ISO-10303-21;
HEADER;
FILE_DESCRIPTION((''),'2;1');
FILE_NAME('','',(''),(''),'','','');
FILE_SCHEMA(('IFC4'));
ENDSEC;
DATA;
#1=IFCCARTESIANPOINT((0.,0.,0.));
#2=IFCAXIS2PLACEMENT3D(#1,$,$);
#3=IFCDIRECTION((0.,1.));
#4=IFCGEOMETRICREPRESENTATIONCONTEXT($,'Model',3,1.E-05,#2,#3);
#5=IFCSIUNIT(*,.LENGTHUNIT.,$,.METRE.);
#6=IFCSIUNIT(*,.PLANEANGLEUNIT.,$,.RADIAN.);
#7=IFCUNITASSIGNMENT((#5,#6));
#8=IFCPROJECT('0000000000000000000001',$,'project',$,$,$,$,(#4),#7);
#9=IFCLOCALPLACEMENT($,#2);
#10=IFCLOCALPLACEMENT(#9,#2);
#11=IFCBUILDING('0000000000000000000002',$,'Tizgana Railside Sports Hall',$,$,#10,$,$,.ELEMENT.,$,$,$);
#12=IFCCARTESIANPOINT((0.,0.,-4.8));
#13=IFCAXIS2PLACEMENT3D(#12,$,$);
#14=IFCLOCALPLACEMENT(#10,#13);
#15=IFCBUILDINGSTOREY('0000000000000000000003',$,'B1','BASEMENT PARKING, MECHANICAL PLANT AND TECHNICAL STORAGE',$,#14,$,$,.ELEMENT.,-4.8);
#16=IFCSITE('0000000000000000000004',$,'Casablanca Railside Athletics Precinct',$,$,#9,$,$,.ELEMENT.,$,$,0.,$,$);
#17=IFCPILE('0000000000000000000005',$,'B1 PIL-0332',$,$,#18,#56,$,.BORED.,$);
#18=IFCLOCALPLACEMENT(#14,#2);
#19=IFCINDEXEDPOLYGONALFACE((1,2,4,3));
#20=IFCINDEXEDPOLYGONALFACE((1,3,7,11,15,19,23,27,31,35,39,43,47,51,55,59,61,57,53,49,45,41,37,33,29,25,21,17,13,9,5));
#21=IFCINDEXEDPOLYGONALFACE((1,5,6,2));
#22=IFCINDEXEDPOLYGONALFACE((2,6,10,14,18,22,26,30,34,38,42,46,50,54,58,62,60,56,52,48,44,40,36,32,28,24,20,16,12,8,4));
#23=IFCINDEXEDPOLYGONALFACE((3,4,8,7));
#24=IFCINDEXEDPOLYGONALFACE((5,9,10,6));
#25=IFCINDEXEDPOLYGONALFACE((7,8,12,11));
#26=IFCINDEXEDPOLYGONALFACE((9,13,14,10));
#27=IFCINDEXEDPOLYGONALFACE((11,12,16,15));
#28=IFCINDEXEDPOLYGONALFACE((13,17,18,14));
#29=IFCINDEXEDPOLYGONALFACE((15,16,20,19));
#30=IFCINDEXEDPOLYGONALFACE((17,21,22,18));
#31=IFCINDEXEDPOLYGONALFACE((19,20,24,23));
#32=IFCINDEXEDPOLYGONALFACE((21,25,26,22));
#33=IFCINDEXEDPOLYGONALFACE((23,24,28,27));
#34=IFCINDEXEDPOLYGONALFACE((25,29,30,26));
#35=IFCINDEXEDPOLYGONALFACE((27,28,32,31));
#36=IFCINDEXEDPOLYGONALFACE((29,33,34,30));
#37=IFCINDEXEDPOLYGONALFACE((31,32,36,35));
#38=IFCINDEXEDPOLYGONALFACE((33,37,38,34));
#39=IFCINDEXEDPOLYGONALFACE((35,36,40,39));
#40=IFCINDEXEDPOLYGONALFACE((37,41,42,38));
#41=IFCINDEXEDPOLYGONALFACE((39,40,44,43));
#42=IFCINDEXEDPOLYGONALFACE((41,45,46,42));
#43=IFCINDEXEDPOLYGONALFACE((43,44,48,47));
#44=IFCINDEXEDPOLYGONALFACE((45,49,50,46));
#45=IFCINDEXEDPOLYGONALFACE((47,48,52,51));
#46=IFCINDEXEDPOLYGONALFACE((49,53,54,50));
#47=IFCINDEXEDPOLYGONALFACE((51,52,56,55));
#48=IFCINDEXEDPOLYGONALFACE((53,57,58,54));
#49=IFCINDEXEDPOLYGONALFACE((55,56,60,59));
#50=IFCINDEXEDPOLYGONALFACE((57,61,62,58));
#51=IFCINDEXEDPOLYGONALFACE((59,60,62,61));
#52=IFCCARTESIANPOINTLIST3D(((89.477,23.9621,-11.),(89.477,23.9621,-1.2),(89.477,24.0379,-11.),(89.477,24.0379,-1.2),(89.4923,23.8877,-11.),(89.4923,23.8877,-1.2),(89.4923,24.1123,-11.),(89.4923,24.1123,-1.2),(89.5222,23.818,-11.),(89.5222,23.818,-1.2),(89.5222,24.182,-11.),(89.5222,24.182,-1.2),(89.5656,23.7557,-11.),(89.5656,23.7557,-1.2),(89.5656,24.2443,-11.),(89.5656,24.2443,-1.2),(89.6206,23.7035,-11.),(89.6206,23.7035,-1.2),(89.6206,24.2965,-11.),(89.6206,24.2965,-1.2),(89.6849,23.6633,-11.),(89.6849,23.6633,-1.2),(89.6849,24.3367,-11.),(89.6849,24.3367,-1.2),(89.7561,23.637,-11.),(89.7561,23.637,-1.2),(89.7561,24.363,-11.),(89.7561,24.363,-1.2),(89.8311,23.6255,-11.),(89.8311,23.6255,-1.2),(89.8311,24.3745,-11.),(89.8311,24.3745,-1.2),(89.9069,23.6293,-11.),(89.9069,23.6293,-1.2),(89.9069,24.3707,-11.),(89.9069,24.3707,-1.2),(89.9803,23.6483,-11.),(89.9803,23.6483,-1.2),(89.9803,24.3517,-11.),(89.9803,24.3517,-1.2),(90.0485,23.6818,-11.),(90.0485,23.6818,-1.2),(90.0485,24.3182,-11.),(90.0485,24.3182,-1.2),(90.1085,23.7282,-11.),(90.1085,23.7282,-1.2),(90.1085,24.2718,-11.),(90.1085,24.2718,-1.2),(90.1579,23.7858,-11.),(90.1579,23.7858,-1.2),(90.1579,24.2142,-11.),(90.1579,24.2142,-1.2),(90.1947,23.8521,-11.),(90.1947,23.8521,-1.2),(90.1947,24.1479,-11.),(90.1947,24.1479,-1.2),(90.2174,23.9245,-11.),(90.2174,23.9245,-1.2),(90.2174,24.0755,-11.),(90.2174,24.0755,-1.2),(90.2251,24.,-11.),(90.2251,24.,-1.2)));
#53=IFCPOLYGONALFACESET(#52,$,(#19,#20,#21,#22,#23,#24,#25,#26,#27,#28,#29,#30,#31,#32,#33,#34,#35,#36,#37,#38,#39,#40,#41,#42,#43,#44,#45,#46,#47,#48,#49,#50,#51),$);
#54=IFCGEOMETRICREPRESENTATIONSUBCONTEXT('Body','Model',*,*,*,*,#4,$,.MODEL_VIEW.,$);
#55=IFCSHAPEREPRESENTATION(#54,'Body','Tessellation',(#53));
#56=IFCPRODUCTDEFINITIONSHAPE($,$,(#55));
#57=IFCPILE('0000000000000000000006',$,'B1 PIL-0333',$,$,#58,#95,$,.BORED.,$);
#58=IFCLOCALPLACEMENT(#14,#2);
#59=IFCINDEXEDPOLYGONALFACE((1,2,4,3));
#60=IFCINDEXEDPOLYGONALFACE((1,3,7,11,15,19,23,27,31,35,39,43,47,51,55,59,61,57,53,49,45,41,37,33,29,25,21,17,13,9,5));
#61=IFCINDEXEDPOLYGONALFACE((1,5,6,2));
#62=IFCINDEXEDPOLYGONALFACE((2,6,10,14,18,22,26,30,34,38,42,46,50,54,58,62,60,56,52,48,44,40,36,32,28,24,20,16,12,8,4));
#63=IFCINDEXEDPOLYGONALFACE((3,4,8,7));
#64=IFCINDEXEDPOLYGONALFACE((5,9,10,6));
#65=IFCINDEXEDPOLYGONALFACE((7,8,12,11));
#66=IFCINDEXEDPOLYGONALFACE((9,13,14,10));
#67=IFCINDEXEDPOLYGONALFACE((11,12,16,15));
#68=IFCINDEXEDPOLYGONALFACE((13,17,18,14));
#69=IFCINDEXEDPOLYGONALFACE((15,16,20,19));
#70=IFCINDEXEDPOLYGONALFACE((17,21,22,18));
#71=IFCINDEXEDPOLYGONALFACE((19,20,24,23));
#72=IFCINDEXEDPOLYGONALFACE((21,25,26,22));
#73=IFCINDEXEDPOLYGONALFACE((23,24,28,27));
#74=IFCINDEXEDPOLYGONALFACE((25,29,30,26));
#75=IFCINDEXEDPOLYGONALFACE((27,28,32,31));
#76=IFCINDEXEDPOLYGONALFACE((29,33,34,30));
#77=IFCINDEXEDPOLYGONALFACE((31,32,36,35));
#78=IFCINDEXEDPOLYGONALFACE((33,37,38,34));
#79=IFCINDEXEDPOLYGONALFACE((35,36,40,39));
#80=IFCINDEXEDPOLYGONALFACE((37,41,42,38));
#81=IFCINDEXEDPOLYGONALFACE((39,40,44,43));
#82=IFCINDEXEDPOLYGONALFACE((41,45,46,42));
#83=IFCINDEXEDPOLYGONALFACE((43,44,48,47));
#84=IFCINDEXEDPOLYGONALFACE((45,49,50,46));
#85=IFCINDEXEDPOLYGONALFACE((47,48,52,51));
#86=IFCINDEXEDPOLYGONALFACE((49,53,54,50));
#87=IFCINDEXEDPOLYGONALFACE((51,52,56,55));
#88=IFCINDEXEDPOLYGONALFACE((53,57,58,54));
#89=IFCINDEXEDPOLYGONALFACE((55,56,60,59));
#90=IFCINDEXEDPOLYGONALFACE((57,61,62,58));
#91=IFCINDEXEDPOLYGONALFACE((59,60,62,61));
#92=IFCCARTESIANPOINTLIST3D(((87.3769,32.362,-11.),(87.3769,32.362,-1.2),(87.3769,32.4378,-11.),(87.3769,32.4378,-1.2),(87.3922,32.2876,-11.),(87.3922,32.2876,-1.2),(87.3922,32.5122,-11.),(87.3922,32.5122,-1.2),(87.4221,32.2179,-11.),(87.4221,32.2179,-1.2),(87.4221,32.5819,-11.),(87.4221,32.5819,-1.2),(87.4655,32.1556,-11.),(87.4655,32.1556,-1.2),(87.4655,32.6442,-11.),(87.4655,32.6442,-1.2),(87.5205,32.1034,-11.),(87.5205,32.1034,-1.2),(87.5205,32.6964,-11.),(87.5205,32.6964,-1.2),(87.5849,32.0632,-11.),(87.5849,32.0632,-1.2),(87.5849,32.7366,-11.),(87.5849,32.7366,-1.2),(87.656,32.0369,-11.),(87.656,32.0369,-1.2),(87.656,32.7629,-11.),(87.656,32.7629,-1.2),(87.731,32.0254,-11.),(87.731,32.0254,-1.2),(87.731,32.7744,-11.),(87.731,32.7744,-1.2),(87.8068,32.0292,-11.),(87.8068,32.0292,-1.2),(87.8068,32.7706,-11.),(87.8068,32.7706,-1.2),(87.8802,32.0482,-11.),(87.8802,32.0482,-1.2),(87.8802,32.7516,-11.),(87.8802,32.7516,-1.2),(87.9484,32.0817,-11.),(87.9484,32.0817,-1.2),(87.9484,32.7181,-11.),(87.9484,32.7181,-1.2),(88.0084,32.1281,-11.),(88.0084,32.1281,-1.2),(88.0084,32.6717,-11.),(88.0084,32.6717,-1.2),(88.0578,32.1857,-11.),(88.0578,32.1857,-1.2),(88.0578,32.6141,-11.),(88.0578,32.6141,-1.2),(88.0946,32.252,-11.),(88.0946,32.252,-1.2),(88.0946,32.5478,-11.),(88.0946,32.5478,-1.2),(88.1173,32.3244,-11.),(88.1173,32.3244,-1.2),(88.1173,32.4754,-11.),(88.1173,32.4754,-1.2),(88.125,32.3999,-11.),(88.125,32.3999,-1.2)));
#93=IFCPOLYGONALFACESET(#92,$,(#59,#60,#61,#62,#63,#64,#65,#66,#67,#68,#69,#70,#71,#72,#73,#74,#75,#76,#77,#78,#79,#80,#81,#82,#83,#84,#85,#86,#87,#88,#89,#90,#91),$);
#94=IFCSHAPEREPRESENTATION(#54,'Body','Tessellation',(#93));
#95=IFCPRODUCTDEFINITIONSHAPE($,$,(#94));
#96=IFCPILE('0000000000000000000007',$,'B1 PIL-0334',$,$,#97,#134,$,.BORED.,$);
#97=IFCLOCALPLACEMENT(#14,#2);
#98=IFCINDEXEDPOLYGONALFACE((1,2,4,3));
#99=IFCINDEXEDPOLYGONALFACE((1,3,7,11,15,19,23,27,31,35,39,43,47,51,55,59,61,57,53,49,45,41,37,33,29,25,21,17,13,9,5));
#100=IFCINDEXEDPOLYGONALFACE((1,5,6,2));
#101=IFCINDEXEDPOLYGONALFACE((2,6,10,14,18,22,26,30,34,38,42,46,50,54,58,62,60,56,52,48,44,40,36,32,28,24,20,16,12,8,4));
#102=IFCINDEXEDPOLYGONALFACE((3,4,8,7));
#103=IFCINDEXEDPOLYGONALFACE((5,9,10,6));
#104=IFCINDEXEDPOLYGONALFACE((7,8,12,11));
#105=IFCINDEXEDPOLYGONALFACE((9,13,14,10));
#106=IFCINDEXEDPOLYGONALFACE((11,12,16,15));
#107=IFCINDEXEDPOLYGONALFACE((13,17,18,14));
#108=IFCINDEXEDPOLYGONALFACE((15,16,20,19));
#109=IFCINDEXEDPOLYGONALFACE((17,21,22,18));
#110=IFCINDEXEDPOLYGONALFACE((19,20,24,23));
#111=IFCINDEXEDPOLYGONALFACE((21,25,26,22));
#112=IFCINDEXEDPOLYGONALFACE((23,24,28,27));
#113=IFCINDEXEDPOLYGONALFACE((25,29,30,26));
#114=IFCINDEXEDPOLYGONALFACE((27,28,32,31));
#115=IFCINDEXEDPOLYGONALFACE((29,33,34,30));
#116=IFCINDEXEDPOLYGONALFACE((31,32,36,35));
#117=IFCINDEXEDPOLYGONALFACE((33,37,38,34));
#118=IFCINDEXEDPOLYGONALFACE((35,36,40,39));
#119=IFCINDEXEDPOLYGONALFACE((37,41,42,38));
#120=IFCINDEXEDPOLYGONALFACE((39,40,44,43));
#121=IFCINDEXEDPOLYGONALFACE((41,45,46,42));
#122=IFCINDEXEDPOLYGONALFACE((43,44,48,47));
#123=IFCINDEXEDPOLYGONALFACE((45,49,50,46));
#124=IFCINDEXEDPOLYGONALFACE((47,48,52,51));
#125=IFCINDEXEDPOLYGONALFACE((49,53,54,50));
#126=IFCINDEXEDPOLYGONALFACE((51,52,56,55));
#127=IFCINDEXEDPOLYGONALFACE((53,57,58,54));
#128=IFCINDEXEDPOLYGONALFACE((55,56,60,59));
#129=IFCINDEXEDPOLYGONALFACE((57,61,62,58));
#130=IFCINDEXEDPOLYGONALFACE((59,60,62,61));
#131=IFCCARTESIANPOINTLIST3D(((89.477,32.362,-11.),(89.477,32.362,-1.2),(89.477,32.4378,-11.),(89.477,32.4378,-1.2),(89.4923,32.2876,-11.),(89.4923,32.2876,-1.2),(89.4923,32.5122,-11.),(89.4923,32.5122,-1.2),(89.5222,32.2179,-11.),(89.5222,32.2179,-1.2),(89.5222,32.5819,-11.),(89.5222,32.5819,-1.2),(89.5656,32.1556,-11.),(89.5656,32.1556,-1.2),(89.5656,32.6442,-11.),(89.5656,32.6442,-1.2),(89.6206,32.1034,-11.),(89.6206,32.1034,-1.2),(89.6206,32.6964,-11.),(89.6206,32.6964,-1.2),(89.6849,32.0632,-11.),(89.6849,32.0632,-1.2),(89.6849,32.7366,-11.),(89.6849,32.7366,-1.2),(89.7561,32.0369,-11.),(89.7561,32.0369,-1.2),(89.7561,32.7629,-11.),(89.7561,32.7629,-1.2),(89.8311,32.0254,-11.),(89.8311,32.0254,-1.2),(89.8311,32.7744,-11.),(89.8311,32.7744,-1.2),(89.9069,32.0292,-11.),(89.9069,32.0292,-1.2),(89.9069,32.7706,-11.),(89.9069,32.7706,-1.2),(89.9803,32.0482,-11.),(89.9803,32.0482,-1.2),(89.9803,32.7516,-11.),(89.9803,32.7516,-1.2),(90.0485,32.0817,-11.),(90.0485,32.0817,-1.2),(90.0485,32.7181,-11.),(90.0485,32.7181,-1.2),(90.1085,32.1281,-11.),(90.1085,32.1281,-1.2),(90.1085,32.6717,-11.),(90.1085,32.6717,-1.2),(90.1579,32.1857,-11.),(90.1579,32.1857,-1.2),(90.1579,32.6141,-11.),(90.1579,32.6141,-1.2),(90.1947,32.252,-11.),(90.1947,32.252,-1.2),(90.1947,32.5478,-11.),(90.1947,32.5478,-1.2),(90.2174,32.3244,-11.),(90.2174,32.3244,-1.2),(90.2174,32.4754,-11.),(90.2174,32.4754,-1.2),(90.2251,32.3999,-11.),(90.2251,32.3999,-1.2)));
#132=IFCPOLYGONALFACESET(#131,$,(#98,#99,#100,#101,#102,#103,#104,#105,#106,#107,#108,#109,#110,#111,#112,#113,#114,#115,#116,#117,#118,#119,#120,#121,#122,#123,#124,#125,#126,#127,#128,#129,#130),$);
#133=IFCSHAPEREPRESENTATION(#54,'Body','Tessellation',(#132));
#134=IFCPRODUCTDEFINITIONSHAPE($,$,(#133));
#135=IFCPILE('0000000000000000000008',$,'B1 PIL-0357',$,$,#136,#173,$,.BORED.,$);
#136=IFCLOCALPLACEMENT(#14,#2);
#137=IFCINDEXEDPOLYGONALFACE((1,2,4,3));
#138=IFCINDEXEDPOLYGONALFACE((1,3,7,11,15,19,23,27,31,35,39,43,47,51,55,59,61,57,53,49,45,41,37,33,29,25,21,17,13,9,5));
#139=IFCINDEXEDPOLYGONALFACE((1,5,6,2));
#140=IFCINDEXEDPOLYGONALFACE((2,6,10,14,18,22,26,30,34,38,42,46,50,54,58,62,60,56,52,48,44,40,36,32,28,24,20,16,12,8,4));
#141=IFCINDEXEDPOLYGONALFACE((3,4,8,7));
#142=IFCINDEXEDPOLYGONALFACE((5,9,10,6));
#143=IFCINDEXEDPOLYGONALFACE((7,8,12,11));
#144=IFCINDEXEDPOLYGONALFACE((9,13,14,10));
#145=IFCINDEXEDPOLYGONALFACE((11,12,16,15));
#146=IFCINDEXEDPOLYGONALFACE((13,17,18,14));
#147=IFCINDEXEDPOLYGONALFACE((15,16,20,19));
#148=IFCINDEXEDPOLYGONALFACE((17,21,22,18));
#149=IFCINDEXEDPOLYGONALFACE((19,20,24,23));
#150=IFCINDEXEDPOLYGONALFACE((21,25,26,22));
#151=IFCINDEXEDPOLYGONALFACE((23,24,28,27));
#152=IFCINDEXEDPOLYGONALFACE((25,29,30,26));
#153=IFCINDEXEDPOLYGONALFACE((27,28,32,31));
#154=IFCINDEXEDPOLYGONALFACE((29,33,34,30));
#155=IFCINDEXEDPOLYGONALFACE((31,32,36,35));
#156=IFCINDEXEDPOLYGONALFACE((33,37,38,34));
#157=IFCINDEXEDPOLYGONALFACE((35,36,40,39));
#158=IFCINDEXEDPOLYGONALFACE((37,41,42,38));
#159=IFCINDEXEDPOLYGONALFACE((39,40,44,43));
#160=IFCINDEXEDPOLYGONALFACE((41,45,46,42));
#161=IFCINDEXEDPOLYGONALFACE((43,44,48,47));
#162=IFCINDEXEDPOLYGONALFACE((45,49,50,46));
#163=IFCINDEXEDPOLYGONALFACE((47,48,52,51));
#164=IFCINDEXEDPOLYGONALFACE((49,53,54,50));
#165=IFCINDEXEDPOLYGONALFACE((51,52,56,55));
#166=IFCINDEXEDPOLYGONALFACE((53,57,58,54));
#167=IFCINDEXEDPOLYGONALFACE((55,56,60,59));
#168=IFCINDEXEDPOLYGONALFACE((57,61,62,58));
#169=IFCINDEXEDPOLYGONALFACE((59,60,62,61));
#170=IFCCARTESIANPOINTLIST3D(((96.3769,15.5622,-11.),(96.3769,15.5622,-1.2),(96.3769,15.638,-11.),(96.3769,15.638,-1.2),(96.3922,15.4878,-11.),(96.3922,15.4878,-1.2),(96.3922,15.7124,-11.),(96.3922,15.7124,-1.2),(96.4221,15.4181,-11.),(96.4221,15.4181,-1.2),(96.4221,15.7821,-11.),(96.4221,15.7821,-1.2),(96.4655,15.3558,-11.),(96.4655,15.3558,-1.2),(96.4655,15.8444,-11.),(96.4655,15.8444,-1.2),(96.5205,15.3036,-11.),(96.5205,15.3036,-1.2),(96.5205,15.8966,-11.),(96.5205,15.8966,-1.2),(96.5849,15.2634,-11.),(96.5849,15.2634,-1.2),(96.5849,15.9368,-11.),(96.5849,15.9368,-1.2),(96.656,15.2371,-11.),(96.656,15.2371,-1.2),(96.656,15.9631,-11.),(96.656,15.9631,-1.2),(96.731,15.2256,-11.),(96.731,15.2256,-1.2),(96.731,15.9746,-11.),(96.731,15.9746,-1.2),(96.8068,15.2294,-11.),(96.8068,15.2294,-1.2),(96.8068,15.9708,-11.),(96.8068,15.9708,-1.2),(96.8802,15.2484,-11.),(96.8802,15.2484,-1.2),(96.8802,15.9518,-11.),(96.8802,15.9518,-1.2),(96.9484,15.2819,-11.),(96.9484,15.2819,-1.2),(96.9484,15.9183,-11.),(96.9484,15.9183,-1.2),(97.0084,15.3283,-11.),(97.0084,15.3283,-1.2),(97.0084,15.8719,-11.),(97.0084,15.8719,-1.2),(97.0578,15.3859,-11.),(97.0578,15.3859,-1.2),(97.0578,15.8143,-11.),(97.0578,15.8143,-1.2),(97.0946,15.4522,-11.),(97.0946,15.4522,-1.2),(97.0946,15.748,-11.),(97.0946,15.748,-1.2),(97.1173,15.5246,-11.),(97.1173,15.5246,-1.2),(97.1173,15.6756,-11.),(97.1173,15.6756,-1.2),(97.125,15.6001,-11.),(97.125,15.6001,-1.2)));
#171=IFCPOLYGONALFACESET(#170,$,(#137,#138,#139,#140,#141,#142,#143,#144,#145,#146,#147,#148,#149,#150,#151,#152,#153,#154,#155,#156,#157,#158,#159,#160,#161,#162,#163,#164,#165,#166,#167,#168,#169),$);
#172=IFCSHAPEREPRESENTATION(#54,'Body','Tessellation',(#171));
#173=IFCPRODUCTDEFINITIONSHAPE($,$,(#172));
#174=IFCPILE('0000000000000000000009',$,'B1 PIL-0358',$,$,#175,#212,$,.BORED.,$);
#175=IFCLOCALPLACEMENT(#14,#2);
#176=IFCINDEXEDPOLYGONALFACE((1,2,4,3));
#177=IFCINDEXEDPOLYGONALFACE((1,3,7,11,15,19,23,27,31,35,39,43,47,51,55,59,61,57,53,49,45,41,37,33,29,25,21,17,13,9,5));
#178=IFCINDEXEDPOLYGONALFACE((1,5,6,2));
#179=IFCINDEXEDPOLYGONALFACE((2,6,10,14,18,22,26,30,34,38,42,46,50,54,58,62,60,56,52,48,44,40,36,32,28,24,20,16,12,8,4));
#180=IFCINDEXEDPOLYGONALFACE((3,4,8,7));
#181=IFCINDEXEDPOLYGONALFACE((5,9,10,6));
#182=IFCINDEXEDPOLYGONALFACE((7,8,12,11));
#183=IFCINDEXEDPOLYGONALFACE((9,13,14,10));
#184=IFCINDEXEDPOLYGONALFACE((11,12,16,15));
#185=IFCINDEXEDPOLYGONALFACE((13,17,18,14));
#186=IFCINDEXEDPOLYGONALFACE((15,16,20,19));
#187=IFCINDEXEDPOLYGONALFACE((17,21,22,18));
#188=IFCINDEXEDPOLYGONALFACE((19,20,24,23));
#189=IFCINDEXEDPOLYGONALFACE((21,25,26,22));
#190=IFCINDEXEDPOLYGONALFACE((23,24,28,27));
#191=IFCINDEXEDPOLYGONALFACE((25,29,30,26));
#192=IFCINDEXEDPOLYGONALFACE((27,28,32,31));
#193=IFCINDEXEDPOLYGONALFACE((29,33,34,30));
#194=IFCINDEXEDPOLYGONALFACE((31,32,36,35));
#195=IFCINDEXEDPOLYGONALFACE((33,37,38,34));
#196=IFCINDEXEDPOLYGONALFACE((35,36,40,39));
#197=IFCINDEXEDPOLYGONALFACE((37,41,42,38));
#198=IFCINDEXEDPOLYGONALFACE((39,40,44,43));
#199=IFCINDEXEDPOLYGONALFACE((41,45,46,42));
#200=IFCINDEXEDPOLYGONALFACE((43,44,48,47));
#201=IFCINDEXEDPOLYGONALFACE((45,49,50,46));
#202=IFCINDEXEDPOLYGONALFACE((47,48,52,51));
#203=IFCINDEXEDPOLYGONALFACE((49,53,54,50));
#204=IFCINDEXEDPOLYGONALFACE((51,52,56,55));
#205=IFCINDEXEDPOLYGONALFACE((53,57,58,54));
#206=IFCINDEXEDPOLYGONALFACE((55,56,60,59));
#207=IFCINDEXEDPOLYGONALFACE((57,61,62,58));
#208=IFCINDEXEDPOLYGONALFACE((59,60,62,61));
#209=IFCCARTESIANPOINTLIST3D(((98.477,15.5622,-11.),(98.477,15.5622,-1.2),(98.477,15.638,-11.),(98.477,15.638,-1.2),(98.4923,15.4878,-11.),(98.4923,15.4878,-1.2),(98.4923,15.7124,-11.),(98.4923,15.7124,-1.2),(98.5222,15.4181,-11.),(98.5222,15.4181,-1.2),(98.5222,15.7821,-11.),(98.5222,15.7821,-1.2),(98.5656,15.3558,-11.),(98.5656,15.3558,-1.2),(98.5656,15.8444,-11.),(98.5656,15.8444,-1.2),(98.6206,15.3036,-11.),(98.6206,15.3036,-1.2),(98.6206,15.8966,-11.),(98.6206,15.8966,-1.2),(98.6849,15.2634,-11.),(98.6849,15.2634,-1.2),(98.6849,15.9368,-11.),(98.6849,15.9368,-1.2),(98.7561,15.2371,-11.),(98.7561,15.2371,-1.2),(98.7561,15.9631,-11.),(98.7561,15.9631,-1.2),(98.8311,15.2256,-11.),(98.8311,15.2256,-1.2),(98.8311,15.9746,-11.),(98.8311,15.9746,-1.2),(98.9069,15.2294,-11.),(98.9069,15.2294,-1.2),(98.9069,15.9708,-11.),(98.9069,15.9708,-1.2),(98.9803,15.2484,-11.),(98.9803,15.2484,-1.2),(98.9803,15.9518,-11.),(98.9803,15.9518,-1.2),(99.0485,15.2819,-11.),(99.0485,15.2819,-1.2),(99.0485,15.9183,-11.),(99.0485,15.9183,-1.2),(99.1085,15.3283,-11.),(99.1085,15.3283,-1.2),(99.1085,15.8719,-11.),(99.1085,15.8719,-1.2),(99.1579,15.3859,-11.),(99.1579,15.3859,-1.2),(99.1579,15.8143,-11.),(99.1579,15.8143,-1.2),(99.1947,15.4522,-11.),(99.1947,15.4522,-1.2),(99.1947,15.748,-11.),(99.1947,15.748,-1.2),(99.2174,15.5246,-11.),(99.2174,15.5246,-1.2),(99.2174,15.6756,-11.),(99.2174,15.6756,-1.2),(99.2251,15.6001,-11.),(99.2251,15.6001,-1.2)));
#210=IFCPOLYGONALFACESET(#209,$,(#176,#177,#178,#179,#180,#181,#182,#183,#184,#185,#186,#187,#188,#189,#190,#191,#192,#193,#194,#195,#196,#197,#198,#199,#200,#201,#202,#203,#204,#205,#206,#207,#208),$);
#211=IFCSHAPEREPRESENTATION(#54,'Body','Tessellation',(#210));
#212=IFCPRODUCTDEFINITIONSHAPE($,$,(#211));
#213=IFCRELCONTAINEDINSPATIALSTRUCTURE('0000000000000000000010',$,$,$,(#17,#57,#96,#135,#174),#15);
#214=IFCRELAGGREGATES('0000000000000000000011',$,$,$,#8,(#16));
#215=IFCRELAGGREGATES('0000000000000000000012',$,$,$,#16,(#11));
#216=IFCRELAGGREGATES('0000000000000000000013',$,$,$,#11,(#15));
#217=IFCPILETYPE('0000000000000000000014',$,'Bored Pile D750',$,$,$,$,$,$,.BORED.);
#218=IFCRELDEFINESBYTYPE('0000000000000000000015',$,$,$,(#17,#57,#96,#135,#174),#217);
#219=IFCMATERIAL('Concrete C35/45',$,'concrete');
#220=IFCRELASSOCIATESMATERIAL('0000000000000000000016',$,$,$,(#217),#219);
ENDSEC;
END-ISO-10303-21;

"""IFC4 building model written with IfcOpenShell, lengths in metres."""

from ifc_helpers import new_model, si_unit, direction, frame, origin, origin_2d, place, context, subcontext, project, spatial, circle, extrude, material, material_profile, profile_set, type_object, element, save


model = new_model("IFC4")

# Units and contexts
model_context = context("Model", 3, precision=1e-05, world=origin(), true_north=direction((0.0, 1.0)))
body_context = subcontext(model_context, "Body", "Model", "MODEL_VIEW")
ifc_project = project(units=[si_unit("LENGTHUNIT", "METRE"), si_unit("PLANEANGLEUNIT", "RADIAN")], contexts=[model_context])

# Site, building, storey
site_placement = place(None, origin())
site = spatial("IfcSite", under=ifc_project, at=site_placement, Name="Casablanca Railside Athletics Precinct", CompositionType="ELEMENT", RefElevation=0.0)
building_placement = place(site_placement, origin())
building = spatial("IfcBuilding", under=site, at=building_placement, Name="Tizgana Railside Sports Hall", CompositionType="ELEMENT")
storey_placement = place(building_placement, frame((0.0, 0.0, -4.8)))
storey = spatial("IfcBuildingStorey", under=building, at=storey_placement, Name="B1", Description="BASEMENT PARKING, MECHANICAL PLANT AND TECHNICAL STORAGE", CompositionType="ELEMENT", Elevation=-4.8)

# Piles
ifc_material_1 = material(Name="Concrete C35/45", Category="concrete")
ifc_material_profile_1 = material_profile(ifc_material_1, circle(Radius=0.375, at=origin_2d()), Name="PILE D750")
ifc_profile_set_1 = profile_set([ifc_material_profile_1], Name="Concrete C35/45")
pile_type = type_object("IfcPileType", Name="Bored Pile D750", PredefinedType="BORED", material=ifc_profile_set_1)
for number, where, z_axis, x_axis, name in (
    (1, (89.8501, 24.0, -1.2), (0.0, 0.0, -1.0), (1.0, 0.0, 0.0), "B1 PIL-0332"),
    (2, (87.75, 32.3999, -1.2), (0.0, 0.0, -1.0), (1.0, 0.0, 0.0), "B1 PIL-0333"),
    (3, (89.8501, 32.3999, -1.2), (0.0, 0.0, -1.0), (1.0, 0.0, 0.0), "B1 PIL-0334"),
    (4, (96.75, 15.6001, -1.2), (0.0, 0.0, -1.0), (1.0, 0.0, 0.0), "B1 PIL-0357"),
    (5, (98.8501, 15.6001, -1.2), (0.0, 0.0, -1.0), (1.0, 0.0, 0.0), "B1 PIL-0358"),
):
    element("IfcPile", number, at=place(storey_placement, frame(where, z_axis=z_axis, x_axis=x_axis)), inside=storey, type_object=pile_type, Name=name, PredefinedType="BORED", context=body_context, shape_type="SweptSolid", body=[
        extrude(circle(Radius=0.375, at=origin_2d()), origin(), (0.0, 0.0, 1.0), 9.8),
    ])

save(model, "model.ifc")
